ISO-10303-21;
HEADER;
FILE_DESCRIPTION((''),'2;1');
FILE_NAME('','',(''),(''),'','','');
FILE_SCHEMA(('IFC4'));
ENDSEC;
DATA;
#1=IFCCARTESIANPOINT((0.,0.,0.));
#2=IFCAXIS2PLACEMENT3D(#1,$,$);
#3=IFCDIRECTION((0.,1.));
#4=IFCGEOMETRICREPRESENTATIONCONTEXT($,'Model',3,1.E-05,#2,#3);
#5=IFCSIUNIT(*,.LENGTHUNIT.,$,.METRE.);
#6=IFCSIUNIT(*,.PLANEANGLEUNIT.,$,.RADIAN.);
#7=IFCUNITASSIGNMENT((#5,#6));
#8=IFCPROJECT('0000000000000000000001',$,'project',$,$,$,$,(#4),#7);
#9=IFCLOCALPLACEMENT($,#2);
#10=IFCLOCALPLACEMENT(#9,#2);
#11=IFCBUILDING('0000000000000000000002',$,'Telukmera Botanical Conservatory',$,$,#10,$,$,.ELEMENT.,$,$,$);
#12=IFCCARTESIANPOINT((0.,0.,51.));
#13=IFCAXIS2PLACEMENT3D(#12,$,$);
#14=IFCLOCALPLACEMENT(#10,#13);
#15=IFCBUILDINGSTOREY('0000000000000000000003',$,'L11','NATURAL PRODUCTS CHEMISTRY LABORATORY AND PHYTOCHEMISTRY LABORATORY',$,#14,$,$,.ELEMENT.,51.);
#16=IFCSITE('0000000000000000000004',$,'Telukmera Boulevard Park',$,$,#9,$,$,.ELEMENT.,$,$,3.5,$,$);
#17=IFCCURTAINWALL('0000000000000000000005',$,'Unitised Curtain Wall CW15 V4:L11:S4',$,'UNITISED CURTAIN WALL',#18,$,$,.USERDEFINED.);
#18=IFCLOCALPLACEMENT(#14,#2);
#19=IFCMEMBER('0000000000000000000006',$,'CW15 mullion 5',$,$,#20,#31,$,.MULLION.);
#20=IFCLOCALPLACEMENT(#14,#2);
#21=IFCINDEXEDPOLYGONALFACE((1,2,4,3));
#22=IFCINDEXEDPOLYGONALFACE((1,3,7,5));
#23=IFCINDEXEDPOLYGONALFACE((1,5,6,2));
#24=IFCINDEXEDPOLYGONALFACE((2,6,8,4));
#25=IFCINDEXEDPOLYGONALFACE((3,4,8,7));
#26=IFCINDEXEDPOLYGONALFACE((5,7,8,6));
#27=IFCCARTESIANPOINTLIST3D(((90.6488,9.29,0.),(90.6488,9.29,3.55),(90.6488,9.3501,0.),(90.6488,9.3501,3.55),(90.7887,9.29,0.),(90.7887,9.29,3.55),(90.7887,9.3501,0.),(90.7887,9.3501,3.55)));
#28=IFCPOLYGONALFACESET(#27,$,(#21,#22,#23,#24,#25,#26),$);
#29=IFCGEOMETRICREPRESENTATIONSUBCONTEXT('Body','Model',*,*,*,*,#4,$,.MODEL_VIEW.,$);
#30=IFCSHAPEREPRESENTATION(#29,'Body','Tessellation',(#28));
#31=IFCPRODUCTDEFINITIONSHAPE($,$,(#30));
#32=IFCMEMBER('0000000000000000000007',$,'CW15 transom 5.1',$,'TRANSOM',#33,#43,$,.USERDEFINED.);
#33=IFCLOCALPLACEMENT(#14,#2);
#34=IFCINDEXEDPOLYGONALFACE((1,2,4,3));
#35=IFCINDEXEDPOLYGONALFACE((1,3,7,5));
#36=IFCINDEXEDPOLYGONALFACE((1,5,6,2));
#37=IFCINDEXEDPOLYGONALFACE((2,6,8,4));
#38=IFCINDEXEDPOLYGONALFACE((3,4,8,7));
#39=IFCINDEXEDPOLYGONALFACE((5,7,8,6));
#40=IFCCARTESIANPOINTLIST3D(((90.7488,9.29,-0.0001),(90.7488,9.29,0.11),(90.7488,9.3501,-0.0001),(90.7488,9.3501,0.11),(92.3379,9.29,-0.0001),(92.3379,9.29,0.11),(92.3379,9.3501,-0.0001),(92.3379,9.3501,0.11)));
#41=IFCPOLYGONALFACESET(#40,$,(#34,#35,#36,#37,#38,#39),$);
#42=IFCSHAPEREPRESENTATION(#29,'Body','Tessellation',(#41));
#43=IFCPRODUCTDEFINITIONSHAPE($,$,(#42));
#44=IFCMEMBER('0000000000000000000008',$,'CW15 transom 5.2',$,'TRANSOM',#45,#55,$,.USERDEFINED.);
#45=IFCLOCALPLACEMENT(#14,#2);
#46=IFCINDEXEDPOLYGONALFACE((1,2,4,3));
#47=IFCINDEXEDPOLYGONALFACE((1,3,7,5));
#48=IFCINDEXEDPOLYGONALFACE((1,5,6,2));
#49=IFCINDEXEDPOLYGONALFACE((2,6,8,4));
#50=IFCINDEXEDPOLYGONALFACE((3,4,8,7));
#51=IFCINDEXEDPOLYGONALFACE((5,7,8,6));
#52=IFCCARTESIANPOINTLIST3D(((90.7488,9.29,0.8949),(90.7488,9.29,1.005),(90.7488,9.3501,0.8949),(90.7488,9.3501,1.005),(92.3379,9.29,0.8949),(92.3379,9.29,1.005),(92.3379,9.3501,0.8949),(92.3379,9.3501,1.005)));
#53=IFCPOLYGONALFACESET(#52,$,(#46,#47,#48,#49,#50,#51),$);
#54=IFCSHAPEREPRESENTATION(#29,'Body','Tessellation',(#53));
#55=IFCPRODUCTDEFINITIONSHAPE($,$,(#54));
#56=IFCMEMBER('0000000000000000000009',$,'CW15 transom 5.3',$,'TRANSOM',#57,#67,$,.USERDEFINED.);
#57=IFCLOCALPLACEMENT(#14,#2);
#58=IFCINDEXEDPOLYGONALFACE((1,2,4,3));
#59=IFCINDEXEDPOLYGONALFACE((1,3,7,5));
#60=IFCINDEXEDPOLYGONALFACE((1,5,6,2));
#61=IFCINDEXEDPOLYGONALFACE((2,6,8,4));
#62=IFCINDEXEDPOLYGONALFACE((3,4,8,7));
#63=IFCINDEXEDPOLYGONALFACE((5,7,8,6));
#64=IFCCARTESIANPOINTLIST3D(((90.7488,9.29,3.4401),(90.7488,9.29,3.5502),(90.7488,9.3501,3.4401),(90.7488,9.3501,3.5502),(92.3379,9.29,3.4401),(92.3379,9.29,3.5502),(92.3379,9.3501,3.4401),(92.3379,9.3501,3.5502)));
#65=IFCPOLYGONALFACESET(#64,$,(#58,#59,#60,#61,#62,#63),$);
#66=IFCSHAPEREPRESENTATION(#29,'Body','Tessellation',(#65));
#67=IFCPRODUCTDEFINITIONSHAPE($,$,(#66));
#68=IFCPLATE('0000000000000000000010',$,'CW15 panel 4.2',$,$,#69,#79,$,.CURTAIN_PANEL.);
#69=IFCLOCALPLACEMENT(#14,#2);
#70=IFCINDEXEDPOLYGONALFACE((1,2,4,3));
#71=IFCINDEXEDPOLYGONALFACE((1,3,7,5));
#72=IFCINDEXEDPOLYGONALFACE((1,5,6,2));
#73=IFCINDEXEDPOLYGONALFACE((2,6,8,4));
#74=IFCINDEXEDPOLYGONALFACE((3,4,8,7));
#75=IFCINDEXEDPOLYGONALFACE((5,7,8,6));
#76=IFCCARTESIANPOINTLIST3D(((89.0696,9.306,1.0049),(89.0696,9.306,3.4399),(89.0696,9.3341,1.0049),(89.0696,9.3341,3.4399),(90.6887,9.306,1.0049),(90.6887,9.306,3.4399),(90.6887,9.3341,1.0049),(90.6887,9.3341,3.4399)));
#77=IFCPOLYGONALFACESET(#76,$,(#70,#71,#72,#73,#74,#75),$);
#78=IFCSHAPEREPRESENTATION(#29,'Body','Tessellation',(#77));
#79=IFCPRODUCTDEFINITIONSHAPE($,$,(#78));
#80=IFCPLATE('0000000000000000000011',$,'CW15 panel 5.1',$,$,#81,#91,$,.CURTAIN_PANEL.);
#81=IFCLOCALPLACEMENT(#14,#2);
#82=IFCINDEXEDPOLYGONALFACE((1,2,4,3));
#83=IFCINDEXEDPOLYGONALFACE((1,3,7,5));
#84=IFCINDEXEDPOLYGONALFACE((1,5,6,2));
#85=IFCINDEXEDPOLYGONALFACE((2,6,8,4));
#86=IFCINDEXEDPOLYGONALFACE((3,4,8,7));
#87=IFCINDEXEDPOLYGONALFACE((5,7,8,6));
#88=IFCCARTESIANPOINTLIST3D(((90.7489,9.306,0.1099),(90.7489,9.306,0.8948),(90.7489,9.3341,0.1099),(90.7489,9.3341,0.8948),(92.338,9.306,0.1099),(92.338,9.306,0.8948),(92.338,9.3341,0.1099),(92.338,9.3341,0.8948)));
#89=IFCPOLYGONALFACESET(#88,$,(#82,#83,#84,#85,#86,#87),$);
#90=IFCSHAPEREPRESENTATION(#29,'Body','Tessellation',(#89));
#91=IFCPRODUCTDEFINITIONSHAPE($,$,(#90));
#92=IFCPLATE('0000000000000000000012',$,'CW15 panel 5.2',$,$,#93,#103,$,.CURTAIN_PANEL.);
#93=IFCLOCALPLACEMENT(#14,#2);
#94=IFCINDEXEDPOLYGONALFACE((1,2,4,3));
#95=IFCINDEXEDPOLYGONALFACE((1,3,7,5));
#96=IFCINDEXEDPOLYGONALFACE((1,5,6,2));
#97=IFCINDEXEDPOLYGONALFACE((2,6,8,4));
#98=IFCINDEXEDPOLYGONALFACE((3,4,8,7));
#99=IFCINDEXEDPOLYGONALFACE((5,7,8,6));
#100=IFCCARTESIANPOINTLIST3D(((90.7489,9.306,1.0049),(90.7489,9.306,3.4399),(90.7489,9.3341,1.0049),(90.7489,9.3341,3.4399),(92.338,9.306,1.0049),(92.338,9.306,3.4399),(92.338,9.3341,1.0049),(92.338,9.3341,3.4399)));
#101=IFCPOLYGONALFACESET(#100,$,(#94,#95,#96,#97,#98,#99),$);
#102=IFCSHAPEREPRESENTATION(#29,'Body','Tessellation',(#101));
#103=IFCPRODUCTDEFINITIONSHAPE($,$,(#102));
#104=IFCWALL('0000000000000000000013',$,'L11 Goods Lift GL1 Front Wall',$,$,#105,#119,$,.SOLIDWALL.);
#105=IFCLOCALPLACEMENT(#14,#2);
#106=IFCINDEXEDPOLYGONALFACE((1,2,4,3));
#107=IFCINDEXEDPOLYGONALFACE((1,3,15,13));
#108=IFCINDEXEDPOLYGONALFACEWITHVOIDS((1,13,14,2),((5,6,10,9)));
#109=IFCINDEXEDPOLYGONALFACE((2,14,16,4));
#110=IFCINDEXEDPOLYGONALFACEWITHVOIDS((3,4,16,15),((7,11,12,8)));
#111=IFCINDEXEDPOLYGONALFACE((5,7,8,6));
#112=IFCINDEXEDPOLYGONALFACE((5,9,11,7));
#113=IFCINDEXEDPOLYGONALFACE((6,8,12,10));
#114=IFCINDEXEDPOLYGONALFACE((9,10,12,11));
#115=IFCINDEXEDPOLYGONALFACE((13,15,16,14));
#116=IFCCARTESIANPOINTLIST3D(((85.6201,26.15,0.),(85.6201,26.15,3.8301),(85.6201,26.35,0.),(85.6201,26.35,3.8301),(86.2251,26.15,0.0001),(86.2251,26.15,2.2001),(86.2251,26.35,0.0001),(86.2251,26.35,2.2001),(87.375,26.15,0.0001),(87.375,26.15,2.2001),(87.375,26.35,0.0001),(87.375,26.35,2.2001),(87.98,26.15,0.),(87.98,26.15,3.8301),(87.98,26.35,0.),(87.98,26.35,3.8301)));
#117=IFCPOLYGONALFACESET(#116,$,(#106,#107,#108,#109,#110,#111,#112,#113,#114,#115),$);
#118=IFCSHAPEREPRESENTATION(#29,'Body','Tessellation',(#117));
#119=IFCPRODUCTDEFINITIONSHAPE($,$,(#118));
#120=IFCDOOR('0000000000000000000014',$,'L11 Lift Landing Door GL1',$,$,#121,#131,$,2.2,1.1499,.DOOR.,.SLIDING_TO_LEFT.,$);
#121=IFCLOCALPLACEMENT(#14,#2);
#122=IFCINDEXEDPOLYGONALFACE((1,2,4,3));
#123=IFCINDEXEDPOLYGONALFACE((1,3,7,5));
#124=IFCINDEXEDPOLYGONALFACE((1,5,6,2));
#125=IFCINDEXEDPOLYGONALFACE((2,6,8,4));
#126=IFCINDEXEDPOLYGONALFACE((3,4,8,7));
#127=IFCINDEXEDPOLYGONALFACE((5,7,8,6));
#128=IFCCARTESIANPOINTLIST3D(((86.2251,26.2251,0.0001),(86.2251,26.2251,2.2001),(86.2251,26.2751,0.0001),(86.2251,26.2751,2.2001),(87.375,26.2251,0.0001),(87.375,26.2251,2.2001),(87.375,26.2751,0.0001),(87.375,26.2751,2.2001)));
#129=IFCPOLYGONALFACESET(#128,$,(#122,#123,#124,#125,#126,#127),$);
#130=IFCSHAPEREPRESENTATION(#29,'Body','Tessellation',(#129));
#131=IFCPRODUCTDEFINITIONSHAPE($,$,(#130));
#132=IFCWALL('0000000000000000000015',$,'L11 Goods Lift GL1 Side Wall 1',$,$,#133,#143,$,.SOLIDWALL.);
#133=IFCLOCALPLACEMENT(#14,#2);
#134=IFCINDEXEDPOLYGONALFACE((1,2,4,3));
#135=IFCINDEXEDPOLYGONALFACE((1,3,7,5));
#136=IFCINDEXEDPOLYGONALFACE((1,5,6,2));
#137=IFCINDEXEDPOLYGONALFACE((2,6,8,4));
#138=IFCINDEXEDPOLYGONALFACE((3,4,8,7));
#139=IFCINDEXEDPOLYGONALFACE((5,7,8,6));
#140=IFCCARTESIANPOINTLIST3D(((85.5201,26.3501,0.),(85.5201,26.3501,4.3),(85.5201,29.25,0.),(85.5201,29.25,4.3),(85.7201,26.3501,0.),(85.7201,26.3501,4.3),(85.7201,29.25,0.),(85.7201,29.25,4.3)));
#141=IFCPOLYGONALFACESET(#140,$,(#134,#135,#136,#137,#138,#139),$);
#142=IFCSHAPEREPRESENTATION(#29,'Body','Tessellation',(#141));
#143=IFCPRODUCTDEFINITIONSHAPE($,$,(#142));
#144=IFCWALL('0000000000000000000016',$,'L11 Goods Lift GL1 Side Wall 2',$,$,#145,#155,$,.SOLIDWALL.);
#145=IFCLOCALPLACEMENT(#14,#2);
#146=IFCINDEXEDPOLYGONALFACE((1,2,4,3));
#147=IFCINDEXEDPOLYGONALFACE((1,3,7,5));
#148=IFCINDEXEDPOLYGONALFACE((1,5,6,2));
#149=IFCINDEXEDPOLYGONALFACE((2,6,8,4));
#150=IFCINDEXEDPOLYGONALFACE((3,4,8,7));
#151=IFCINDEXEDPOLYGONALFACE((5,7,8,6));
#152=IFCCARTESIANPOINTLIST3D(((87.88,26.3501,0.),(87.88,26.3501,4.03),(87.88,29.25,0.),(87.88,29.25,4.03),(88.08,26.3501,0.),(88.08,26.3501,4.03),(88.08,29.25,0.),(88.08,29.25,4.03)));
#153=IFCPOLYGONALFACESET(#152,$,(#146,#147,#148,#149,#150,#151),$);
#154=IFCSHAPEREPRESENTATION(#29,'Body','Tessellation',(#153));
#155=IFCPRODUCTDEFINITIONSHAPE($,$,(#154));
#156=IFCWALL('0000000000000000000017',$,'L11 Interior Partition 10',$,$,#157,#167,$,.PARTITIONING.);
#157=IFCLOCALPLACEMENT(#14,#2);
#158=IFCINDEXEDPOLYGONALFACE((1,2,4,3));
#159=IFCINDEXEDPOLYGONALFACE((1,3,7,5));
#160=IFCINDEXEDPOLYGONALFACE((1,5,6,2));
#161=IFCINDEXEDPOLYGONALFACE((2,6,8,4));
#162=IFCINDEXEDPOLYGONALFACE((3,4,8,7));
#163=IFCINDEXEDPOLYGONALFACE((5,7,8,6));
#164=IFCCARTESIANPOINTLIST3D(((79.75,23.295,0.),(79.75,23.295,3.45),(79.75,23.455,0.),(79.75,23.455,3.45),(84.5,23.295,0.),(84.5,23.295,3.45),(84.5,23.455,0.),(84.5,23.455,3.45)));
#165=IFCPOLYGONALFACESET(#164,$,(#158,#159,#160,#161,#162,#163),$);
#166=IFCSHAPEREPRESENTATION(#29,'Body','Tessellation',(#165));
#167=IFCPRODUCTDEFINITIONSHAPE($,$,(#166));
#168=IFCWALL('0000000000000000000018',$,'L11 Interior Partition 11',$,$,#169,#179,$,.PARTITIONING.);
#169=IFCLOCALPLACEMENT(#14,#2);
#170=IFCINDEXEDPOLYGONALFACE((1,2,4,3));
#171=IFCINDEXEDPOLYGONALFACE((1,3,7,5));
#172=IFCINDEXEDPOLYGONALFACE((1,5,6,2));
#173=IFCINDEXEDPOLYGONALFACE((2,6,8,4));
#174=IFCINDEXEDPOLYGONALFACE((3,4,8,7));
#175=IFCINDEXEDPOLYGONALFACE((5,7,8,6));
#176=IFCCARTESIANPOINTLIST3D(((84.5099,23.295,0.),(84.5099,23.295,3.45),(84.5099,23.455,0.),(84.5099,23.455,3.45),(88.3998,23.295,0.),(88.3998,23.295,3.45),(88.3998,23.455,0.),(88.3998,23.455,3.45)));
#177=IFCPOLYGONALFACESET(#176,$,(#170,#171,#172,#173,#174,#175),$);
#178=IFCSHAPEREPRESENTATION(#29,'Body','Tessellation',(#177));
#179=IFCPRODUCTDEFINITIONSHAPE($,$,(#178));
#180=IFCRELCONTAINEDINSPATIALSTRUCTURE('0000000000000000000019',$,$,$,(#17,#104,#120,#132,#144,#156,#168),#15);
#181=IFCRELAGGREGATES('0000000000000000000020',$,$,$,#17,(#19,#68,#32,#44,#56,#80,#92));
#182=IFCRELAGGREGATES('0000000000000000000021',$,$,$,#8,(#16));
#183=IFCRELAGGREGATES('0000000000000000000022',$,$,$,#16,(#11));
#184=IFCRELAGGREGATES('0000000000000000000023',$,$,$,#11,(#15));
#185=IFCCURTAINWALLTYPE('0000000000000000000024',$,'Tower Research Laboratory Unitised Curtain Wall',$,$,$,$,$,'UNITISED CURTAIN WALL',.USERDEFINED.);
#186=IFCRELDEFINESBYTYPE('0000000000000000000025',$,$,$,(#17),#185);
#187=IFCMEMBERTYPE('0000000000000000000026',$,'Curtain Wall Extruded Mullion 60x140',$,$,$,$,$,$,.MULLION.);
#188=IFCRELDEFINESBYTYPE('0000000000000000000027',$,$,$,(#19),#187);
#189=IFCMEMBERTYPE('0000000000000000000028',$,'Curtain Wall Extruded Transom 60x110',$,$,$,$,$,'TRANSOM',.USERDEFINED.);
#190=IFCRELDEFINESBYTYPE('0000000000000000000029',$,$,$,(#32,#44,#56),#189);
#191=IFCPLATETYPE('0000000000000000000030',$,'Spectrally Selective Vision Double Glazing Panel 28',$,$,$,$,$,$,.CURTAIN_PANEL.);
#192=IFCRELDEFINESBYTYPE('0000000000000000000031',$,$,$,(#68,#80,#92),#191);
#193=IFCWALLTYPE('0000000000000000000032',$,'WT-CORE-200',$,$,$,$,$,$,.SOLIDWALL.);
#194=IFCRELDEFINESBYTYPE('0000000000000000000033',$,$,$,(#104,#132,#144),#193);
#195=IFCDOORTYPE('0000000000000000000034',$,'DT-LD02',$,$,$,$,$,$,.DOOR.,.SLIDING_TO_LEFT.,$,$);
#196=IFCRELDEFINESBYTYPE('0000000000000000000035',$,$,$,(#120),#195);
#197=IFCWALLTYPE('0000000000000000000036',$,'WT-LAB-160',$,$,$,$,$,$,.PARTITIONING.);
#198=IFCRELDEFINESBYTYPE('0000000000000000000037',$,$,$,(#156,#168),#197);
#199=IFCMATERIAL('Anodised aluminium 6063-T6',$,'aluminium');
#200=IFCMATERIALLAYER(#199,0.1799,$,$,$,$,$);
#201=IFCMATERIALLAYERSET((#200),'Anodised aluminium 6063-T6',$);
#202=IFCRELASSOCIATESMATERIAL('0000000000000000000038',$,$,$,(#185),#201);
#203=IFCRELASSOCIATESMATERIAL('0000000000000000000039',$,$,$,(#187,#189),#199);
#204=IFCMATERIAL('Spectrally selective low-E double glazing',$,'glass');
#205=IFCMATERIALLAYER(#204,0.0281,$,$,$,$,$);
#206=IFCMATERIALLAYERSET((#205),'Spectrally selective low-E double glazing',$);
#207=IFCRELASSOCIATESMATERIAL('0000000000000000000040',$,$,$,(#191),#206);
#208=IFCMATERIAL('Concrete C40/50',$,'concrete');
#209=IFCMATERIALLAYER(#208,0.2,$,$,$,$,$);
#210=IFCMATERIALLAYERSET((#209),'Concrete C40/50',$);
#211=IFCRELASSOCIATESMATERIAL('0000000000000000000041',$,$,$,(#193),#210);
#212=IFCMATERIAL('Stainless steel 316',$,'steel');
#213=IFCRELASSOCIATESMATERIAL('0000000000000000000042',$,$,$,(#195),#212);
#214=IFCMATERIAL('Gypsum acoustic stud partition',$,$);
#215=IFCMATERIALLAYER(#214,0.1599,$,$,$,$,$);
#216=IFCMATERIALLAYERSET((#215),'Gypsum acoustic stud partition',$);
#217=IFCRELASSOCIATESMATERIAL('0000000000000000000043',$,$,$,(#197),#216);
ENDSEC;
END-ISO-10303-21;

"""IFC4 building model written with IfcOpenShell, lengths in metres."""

from ifc_helpers import new_model, si_unit, direction, frame, frame_2d, origin, origin_2d, place, context, subcontext, project, spatial, rectangle, extrude, material, layer, layer_set, material_profile, profile_set, type_object, element, fill, aggregate, save


model = new_model("IFC4")

# Units and contexts
model_context = context("Model", 3, precision=1e-05, world=origin(), true_north=direction((0.0, 1.0)))
body_context = subcontext(model_context, "Body", "Model", "MODEL_VIEW")
ifc_project = project(units=[si_unit("LENGTHUNIT", "METRE"), si_unit("PLANEANGLEUNIT", "RADIAN")], contexts=[model_context])

# Site, building, storey
site_placement = place(None, origin())
site = spatial("IfcSite", under=ifc_project, at=site_placement, Name="Telukmera Boulevard Park", CompositionType="ELEMENT", RefElevation=3.5)
building_placement = place(site_placement, origin())
building = spatial("IfcBuilding", under=site, at=building_placement, Name="Telukmera Botanical Conservatory", CompositionType="ELEMENT")
storey_placement = place(building_placement, frame((0.0, 0.0, 51.0)))
storey = spatial("IfcBuildingStorey", under=building, at=storey_placement, Name="L11", Description="NATURAL PRODUCTS CHEMISTRY LABORATORY AND PHYTOCHEMISTRY LABORATORY", CompositionType="ELEMENT", Elevation=51.0)

# Shared definitions
ifc_material_1 = material(Name="Concrete C40/50", Category="concrete")

# Curtain wall, members, plates
ifc_material_2 = material(Name="Anodised aluminium 6063-T6", Category="aluminium")
ifc_layer_1 = layer(ifc_material_2, 0.1799)
ifc_layer_set_1 = layer_set([ifc_layer_1], Name="Anodised aluminium 6063-T6")
curtain_wall_type = type_object("IfcCurtainWallType", Name="Tower Research Laboratory Unitised Curtain Wall", ElementType="UNITISED CURTAIN WALL", PredefinedType="USERDEFINED", material=ifc_layer_set_1)
curtain_wall_placement = place(storey_placement, origin())
curtain_wall = element("IfcCurtainWall", 1, at=curtain_wall_placement, inside=storey, type_object=curtain_wall_type, Name="Unitised Curtain Wall CW15 V4:L11:S4", ObjectType="UNITISED CURTAIN WALL", PredefinedType="USERDEFINED")
ifc_material_profile_1 = material_profile(ifc_material_2, rectangle(XDim=0.0601, YDim=0.1399, at=origin_2d()), Name="ALU MULL 60x140")
ifc_profile_set_1 = profile_set([ifc_material_profile_1], Name="Anodised aluminium 6063-T6")
member_type_1 = type_object("IfcMemberType", Name="Curtain Wall Extruded Mullion 60x140", PredefinedType="MULLION", material=ifc_profile_set_1)
member_1_placement = place(storey_placement, frame((90.7188, 9.3201, 0.0), z_axis=(0.0, 0.0, 1.0), x_axis=(0.0, 1.0, 0.0)))
member_1 = element("IfcMember", 2, at=member_1_placement, type_object=member_type_1, Name="CW15 mullion 5", PredefinedType="MULLION", context=body_context, shape_type="SweptSolid", body=[
    extrude(rectangle(XDim=0.0601, YDim=0.1399, at=origin_2d()), origin(), (0.0, 0.0, 1.0), 3.55),
])
ifc_material_profile_2 = material_profile(ifc_material_2, rectangle(XDim=0.0601, YDim=0.1101, at=origin_2d()), Name="ALU TRAN 60x110")
ifc_profile_set_2 = profile_set([ifc_material_profile_2], Name="Anodised aluminium 6063-T6")
member_type_2 = type_object("IfcMemberType", Name="Curtain Wall Extruded Transom 60x110", ElementType="TRANSOM", PredefinedType="USERDEFINED", material=ifc_profile_set_2)
member_2_placement = place(storey_placement, frame((90.7488, 9.3201, 0.0549), z_axis=(1.0, 0.0, 0.0), x_axis=(0.0, 1.0, 0.0)))
member_2 = element("IfcMember", 3, at=member_2_placement, type_object=member_type_2, Name="CW15 transom 5.1", ObjectType="TRANSOM", PredefinedType="USERDEFINED", context=body_context, shape_type="SweptSolid", body=[
    extrude(rectangle(XDim=0.0601, YDim=0.1101, at=origin_2d()), origin(), (0.0, 0.0, 1.0), 1.5891),
])
member_3_placement = place(storey_placement, frame((90.7488, 9.3201, 0.95), z_axis=(1.0, 0.0, 0.0), x_axis=(0.0, 1.0, 0.0)))
member_3 = element("IfcMember", 4, at=member_3_placement, type_object=member_type_2, Name="CW15 transom 5.2", ObjectType="TRANSOM", PredefinedType="USERDEFINED", context=body_context, shape_type="SweptSolid", body=[
    extrude(rectangle(XDim=0.0601, YDim=0.1101, at=origin_2d()), origin(), (0.0, 0.0, 1.0), 1.5891),
])
member_4_placement = place(storey_placement, frame((90.7488, 9.3201, 3.4951), z_axis=(1.0, 0.0, 0.0), x_axis=(0.0, 1.0, 0.0)))
member_4 = element("IfcMember", 5, at=member_4_placement, type_object=member_type_2, Name="CW15 transom 5.3", ObjectType="TRANSOM", PredefinedType="USERDEFINED", context=body_context, shape_type="SweptSolid", body=[
    extrude(rectangle(XDim=0.0601, YDim=0.1101, at=origin_2d()), origin(), (0.0, 0.0, 1.0), 1.5891),
])
ifc_material_3 = material(Name="Spectrally selective low-E double glazing", Category="glass")
ifc_layer_2 = layer(ifc_material_3, 0.0281)
ifc_layer_set_2 = layer_set([ifc_layer_2], Name="Spectrally selective low-E double glazing")
plate_type = type_object("IfcPlateType", Name="Spectrally Selective Vision Double Glazing Panel 28", PredefinedType="CURTAIN_PANEL", material=ifc_layer_set_2)
plate_1_placement = place(storey_placement, frame((89.8792, 9.3201, 1.0049), z_axis=(0.0, 0.0, 1.0), x_axis=(1.0, 0.0, 0.0)))
plate_1 = element("IfcPlate", 6, at=plate_1_placement, type_object=plate_type, Name="CW15 panel 4.2", PredefinedType="CURTAIN_PANEL", context=body_context, shape_type="SweptSolid", body=[
    extrude(rectangle(XDim=1.6191, YDim=0.0281, at=origin_2d()), origin(), (0.0, 0.0, 1.0), 2.4351),
])
plate_2_placement = place(storey_placement, frame((91.5435, 9.3201, 0.1099), z_axis=(0.0, 0.0, 1.0), x_axis=(1.0, 0.0, 0.0)))
plate_2 = element("IfcPlate", 7, at=plate_2_placement, type_object=plate_type, Name="CW15 panel 5.1", PredefinedType="CURTAIN_PANEL", context=body_context, shape_type="SweptSolid", body=[
    extrude(rectangle(XDim=1.5891, YDim=0.0281, at=origin_2d()), origin(), (0.0, 0.0, 1.0), 0.7849),
])
plate_3_placement = place(storey_placement, frame((91.5435, 9.3201, 1.0049), z_axis=(0.0, 0.0, 1.0), x_axis=(1.0, 0.0, 0.0)))
plate_3 = element("IfcPlate", 8, at=plate_3_placement, type_object=plate_type, Name="CW15 panel 5.2", PredefinedType="CURTAIN_PANEL", context=body_context, shape_type="SweptSolid", body=[
    extrude(rectangle(XDim=1.5891, YDim=0.0281, at=origin_2d()), origin(), (0.0, 0.0, 1.0), 2.4351),
])
aggregate(curtain_wall, [member_1, plate_1, member_2, member_3, member_4, plate_2, plate_3])

# Wall, opening, door
ifc_layer_3 = layer(ifc_material_1, 0.2)
ifc_layer_set_3 = layer_set([ifc_layer_3], Name="Concrete C40/50")
wall_type_1 = type_object("IfcWallType", Name="WT-CORE-200", PredefinedType="SOLIDWALL", material=ifc_layer_set_3)
wall_1_placement = place(storey_placement, frame((85.6201, 26.25, 0.0), z_axis=(0.0, 0.0, 1.0), x_axis=(1.0, 0.0, 0.0)))
wall_1 = element("IfcWall", 9, at=wall_1_placement, inside=storey, type_object=wall_type_1, Name="L11 Goods Lift GL1 Front Wall", PredefinedType="SOLIDWALL", context=body_context, shape_type="SweptSolid", body=[
    extrude(rectangle(XDim=2.3599, YDim=0.2, at=frame_2d((1.1799, 0.0))), origin(), (0.0, 0.0, 1.0), 3.8301),
])
opening_1_placement = place(wall_1_placement, frame((0.605, 0.0, 0.0)))
opening_1 = element("IfcOpeningElement", 10, at=opening_1_placement, cuts=wall_1, PredefinedType="OPENING", context=body_context, shape_type="SweptSolid", body=[
    extrude(rectangle(XDim=1.1499, YDim=2.2, at=frame_2d((0.575, 1.1001))), frame((0.0, 0.1099, 0.0), z_axis=(0.0, -1.0, 0.0), x_axis=(1.0, 0.0, 0.0)), (0.0, 0.0, 1.0), 0.22),
])
ifc_material_4 = material(Name="Stainless steel 316", Category="steel")
door_type_1 = type_object("IfcDoorType", Name="DT-LD02", OperationType="SLIDING_TO_LEFT", PredefinedType="DOOR", material=ifc_material_4)
door_1_placement = place(opening_1_placement, frame((1.1499, 0.0, 0.0), z_axis=(0.0, 0.0, 1.0), x_axis=(-1.0, 0.0, 0.0)))
door_1 = element("IfcDoor", 11, at=door_1_placement, inside=storey, type_object=door_type_1, Name="L11 Lift Landing Door GL1", OperationType="SLIDING_TO_LEFT", OverallHeight=2.2, OverallWidth=1.1499, PredefinedType="DOOR", context=body_context, shape_type="SweptSolid", body=[
    extrude(rectangle(XDim=1.1499, YDim=2.2, at=frame_2d((0.575, 1.1001))), frame((0.0, 0.0249, 0.0), z_axis=(0.0, -1.0, 0.0), x_axis=(1.0, 0.0, 0.0)), (0.0, 0.0, 1.0), 0.05),
])
fill(opening_1, door_1)

# Walls
wall_2_placement = place(storey_placement, frame((85.6201, 26.3501, 0.0), z_axis=(0.0, 0.0, 1.0), x_axis=(0.0, 1.0, 0.0)))
element("IfcWall", 12, at=wall_2_placement, inside=storey, type_object=wall_type_1, Name="L11 Goods Lift GL1 Side Wall 1", PredefinedType="SOLIDWALL", context=body_context, shape_type="SweptSolid", body=[
    extrude(rectangle(XDim=2.8999, YDim=0.2, at=frame_2d((1.45, 0.0))), origin(), (0.0, 0.0, 1.0), 4.3),
])
wall_3_placement = place(storey_placement, frame((87.98, 26.3501, 0.0), z_axis=(0.0, 0.0, 1.0), x_axis=(0.0, 1.0, 0.0)))
element("IfcWall", 13, at=wall_3_placement, inside=storey, type_object=wall_type_1, Name="L11 Goods Lift GL1 Side Wall 2", PredefinedType="SOLIDWALL", context=body_context, shape_type="SweptSolid", body=[
    extrude(rectangle(XDim=2.8999, YDim=0.2, at=frame_2d((1.45, 0.0))), origin(), (0.0, 0.0, 1.0), 4.03),
])
ifc_material_5 = material(Name="Gypsum acoustic stud partition")
ifc_layer_4 = layer(ifc_material_5, 0.1599)
ifc_layer_set_4 = layer_set([ifc_layer_4], Name="Gypsum acoustic stud partition")
wall_type_2 = type_object("IfcWallType", Name="WT-LAB-160", PredefinedType="PARTITIONING", material=ifc_layer_set_4)
wall_4_placement = place(storey_placement, frame((79.75, 23.375, 0.0), z_axis=(0.0, 0.0, 1.0), x_axis=(1.0, 0.0, 0.0)))
element("IfcWall", 14, at=wall_4_placement, inside=storey, type_object=wall_type_2, Name="L11 Interior Partition 10", PredefinedType="PARTITIONING", context=body_context, shape_type="SweptSolid", body=[
    extrude(rectangle(XDim=4.75, YDim=0.1599, at=frame_2d((2.375, 0.0))), origin(), (0.0, 0.0, 1.0), 3.45),
])
wall_5_placement = place(storey_placement, frame((84.51, 23.375, 0.0), z_axis=(0.0, 0.0, 1.0), x_axis=(1.0, 0.0, 0.0)))
element("IfcWall", 15, at=wall_5_placement, inside=storey, type_object=wall_type_2, Name="L11 Interior Partition 11", PredefinedType="PARTITIONING", context=body_context, shape_type="SweptSolid", body=[
    extrude(rectangle(XDim=3.8899, YDim=0.1599, at=frame_2d((1.9448, 0.0))), origin(), (0.0, 0.0, 1.0), 3.45),
])

save(model, "model.ifc")
